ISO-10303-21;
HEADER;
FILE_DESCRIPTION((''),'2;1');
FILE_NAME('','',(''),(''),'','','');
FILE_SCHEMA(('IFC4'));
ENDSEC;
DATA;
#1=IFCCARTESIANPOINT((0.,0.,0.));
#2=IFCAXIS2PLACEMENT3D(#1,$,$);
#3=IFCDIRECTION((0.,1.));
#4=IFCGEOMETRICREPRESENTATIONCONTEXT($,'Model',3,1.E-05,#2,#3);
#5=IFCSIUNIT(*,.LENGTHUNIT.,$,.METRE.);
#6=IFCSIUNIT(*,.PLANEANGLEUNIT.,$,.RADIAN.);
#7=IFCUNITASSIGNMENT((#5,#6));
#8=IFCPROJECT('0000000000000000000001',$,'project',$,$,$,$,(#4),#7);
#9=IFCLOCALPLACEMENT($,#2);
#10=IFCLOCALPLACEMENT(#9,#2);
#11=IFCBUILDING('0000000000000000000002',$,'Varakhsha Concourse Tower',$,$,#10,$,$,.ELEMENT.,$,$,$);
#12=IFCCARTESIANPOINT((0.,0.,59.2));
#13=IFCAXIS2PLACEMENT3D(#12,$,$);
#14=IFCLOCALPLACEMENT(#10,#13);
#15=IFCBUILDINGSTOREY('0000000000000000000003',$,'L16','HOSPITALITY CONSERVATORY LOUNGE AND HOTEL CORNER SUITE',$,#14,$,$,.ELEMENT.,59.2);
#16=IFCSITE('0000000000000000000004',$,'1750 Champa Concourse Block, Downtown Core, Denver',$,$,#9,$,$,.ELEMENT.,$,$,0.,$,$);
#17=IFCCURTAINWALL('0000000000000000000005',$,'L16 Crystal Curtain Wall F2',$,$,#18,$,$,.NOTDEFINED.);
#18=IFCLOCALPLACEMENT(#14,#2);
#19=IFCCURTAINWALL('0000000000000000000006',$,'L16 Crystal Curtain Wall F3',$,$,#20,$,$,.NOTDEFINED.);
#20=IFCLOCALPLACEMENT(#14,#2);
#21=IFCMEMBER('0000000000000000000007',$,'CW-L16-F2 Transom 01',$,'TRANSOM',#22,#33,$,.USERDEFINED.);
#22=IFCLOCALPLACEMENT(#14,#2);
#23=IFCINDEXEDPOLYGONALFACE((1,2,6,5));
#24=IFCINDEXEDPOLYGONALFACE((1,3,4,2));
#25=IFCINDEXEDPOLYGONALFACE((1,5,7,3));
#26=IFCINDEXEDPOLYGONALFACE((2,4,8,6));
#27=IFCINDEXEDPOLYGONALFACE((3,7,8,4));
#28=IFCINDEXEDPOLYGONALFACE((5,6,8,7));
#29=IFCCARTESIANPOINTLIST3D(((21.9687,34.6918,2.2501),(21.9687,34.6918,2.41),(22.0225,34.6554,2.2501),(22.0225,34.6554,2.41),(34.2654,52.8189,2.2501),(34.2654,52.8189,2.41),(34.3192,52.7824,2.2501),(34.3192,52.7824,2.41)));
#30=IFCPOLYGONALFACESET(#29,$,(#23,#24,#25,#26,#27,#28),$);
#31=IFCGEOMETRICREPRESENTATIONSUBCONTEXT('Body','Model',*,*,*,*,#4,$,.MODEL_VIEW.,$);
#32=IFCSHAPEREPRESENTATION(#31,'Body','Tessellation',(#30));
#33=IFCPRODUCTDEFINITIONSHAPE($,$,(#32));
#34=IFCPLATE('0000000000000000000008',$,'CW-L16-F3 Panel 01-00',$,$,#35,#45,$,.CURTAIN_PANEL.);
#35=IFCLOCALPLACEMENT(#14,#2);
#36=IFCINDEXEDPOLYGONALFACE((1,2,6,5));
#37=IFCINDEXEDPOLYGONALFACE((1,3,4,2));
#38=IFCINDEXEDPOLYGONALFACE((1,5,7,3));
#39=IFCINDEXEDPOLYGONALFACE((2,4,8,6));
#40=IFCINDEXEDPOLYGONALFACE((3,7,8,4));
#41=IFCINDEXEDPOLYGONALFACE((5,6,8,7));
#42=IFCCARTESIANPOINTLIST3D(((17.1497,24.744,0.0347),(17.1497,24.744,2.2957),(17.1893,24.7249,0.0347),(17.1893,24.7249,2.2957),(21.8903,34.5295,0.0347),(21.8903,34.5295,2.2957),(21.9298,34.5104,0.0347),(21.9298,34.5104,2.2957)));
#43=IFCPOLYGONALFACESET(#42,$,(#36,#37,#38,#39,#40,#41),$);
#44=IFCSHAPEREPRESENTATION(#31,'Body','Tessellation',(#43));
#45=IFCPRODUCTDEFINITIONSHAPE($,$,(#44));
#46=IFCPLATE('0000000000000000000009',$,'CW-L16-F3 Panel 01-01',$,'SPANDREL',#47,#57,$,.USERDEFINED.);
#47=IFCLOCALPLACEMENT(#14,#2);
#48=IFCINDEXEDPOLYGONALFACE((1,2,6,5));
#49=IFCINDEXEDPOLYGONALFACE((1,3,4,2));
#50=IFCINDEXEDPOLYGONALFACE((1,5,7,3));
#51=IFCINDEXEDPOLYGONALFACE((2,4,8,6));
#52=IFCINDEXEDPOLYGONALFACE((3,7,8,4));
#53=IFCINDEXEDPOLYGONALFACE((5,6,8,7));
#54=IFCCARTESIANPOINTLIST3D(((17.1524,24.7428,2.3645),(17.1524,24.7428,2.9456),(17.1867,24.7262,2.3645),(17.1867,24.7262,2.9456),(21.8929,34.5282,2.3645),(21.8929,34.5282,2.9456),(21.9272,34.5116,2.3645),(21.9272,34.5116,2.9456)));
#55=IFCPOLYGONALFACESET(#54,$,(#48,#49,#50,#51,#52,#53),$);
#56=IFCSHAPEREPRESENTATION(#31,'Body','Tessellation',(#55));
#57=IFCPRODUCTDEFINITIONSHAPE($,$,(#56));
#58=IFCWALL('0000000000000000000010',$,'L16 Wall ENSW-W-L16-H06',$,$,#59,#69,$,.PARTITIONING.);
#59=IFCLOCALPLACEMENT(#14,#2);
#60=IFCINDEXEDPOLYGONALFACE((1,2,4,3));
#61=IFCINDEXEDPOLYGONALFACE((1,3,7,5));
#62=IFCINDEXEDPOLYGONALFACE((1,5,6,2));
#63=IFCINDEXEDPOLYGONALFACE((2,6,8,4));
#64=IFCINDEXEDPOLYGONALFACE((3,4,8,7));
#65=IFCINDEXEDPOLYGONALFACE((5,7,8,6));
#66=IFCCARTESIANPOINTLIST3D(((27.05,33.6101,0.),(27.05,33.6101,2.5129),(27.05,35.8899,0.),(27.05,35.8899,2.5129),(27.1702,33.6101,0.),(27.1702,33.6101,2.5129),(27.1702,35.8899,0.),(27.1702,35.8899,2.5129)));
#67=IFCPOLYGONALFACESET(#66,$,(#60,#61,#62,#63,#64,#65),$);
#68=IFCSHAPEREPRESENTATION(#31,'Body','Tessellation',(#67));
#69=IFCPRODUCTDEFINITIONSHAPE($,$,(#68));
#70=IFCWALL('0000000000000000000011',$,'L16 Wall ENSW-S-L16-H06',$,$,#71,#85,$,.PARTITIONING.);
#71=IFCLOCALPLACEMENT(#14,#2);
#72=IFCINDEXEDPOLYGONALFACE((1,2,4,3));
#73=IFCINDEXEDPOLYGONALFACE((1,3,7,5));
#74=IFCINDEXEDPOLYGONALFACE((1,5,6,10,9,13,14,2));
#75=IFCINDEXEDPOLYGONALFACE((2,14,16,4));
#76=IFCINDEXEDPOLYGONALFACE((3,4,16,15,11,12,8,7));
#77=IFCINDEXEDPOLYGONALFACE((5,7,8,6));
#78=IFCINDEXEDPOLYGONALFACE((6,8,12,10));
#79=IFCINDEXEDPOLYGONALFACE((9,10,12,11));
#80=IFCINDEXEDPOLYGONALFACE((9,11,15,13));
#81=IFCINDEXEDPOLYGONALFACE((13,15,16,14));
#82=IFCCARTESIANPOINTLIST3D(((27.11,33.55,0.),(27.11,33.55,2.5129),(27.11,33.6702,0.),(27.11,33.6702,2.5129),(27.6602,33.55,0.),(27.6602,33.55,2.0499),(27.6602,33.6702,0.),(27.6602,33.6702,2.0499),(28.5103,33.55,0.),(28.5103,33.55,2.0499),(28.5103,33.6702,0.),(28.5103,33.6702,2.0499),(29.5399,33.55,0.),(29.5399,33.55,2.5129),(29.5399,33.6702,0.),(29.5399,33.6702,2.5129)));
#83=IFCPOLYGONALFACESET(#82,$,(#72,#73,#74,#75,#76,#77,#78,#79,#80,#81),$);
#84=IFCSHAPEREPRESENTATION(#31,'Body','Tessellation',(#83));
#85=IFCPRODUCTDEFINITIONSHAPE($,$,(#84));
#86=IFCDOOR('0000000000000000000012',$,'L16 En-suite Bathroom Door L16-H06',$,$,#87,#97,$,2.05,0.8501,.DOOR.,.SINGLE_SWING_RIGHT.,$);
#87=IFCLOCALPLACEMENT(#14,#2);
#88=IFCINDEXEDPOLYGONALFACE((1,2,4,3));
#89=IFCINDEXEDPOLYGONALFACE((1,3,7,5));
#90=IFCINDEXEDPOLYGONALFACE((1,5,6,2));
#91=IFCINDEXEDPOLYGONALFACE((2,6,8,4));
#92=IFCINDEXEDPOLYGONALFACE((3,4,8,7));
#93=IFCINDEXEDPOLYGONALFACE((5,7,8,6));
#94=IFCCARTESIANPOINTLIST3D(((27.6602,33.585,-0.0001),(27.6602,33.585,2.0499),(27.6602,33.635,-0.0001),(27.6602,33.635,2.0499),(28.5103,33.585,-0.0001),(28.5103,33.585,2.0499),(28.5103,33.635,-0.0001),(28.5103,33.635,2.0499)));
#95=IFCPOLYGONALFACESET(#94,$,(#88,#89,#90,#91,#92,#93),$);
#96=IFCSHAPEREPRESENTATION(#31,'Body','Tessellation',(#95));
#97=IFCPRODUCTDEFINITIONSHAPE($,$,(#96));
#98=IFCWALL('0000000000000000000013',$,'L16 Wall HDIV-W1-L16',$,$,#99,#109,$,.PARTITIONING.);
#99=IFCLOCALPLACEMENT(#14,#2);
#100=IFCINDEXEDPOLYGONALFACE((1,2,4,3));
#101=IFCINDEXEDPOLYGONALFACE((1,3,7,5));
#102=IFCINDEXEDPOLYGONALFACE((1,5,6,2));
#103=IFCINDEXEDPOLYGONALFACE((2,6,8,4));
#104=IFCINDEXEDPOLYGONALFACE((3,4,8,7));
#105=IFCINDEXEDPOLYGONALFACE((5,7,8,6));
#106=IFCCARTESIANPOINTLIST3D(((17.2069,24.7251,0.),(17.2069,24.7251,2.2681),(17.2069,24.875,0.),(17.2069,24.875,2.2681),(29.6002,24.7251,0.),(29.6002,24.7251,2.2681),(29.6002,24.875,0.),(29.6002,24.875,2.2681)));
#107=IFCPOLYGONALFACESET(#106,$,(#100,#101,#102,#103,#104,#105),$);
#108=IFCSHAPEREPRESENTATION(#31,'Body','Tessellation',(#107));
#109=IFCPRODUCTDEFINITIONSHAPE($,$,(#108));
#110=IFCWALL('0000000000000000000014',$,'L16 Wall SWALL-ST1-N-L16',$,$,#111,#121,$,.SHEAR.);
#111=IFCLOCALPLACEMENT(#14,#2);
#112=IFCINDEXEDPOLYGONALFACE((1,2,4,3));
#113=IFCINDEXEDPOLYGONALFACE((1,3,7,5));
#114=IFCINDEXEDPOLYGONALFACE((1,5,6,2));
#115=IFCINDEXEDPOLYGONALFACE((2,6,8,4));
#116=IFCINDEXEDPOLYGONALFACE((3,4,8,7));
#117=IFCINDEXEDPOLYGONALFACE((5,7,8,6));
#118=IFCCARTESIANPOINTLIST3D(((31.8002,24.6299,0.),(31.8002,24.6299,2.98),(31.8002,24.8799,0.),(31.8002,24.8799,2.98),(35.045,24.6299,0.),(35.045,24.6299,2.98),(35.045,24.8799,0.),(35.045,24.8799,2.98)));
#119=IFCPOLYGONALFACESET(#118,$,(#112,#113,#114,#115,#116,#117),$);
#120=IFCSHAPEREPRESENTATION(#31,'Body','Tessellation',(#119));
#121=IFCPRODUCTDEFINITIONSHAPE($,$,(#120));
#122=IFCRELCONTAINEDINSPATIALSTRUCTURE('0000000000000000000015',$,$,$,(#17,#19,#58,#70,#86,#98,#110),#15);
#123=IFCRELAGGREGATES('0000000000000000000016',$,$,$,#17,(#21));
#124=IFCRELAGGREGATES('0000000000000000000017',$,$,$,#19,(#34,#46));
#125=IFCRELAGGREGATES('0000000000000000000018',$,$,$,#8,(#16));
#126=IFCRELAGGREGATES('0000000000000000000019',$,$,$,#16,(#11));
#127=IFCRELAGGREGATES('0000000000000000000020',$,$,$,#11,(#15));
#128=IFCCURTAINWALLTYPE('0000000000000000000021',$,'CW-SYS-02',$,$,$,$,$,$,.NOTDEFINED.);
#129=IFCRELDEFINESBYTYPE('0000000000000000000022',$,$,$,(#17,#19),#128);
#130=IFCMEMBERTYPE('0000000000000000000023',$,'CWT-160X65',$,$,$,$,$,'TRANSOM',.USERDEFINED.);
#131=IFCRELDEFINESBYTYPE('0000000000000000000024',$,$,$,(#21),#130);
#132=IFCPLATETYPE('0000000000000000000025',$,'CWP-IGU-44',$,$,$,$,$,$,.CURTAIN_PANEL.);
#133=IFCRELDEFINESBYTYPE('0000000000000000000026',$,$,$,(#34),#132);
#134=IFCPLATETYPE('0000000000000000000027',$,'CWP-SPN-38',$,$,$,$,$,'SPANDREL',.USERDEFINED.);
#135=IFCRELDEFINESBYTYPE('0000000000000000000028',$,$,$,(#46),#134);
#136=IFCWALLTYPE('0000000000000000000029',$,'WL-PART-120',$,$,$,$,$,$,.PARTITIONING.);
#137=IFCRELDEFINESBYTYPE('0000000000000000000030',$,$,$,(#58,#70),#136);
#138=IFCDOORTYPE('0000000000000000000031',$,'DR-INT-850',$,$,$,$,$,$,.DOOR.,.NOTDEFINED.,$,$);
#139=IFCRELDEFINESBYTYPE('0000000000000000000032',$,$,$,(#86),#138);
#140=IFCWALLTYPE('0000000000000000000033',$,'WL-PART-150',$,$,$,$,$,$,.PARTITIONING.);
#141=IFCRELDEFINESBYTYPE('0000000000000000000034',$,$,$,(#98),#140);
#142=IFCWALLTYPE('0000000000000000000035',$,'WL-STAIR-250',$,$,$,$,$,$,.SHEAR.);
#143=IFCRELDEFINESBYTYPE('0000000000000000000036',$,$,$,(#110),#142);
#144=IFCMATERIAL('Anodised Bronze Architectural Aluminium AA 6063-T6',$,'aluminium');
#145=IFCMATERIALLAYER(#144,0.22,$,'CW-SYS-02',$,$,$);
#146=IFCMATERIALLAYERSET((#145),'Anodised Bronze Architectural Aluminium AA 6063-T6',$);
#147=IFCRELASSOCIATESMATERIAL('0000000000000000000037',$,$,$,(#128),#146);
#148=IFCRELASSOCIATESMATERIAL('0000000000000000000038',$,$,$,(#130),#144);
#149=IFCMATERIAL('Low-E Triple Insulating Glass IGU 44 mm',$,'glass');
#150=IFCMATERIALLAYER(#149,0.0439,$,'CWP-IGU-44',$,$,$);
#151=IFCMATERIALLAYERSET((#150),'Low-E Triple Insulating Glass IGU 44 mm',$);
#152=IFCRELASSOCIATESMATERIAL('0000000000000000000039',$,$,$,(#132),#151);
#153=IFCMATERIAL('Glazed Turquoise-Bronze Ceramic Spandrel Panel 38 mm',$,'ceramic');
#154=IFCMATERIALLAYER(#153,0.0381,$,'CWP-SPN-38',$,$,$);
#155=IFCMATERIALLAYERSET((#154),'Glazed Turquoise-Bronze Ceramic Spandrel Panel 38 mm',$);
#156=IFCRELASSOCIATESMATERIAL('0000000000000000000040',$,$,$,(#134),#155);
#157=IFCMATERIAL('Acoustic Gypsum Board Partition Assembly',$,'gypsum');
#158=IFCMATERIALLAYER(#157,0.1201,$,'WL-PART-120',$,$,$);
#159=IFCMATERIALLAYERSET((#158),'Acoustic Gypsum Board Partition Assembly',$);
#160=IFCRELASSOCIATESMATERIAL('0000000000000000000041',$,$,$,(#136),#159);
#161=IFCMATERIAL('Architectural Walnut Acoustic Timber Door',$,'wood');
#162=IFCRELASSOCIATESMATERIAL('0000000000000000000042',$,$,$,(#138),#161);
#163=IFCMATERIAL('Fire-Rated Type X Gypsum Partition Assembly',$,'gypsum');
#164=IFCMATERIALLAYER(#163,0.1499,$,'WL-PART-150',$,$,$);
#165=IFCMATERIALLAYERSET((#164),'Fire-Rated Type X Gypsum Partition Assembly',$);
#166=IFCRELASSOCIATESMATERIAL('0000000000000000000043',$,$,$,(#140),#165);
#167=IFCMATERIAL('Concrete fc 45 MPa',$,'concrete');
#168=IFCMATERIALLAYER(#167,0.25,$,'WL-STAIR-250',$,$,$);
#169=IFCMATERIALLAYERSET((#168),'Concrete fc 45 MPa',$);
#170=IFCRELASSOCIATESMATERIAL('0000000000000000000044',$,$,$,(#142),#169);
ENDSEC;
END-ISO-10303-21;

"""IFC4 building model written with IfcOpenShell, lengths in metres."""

from ifc_helpers import new_model, si_unit, direction, frame, frame_2d, origin, origin_2d, place, context, subcontext, project, spatial, rectangle, extrude, source, transform, mapped, material, layer, layer_set, material_profile, profile_set, type_object, type_shapes, element, fill, aggregate, save


model = new_model("IFC4")

# Units and contexts
model_context = context("Model", 3, precision=1e-05, world=origin(), true_north=direction((0.0, 1.0)))
body_context = subcontext(model_context, "Body", "Model", "MODEL_VIEW")
ifc_project = project(units=[si_unit("LENGTHUNIT", "METRE"), si_unit("PLANEANGLEUNIT", "RADIAN")], contexts=[model_context])

# Site, building, storey
site_placement = place(None, origin())
site = spatial("IfcSite", under=ifc_project, at=site_placement, Name="1750 Champa Concourse Block, Downtown Core, Denver", CompositionType="ELEMENT", RefElevation=0.0)
building_placement = place(site_placement, origin())
building = spatial("IfcBuilding", under=site, at=building_placement, Name="Varakhsha Concourse Tower", CompositionType="ELEMENT")
storey_placement = place(building_placement, frame((0.0, 0.0, 59.2)))
storey = spatial("IfcBuildingStorey", under=building, at=storey_placement, Name="L16", Description="HOSPITALITY CONSERVATORY LOUNGE AND HOTEL CORNER SUITE", CompositionType="ELEMENT", Elevation=59.2)

# Curtain wall
ifc_material_1 = material(Name="Anodised Bronze Architectural Aluminium AA 6063-T6", Category="aluminium")
ifc_layer_1 = layer(ifc_material_1, 0.22, Name="CW-SYS-02")
ifc_layer_set_1 = layer_set([ifc_layer_1], Name="Anodised Bronze Architectural Aluminium AA 6063-T6")
curtain_wall_type = type_object("IfcCurtainWallType", Name="CW-SYS-02", PredefinedType="NOTDEFINED", material=ifc_layer_set_1)
curtain_wall_1_placement = place(storey_placement, origin())
curtain_wall_1 = element("IfcCurtainWall", 1, at=curtain_wall_1_placement, inside=storey, type_object=curtain_wall_type, Name="L16 Crystal Curtain Wall F2", PredefinedType="NOTDEFINED")

# Curtain wall
curtain_wall_2_placement = place(storey_placement, origin())
curtain_wall_2 = element("IfcCurtainWall", 2, at=curtain_wall_2_placement, inside=storey, type_object=curtain_wall_type, Name="L16 Crystal Curtain Wall F3", PredefinedType="NOTDEFINED")

# Member
ifc_material_profile_1 = material_profile(ifc_material_1, rectangle(XDim=0.0649, YDim=0.1599, at=origin_2d()), Name="CWT-160X65")
ifc_profile_set_1 = profile_set([ifc_material_profile_1], Name="Anodised Bronze Architectural Aluminium AA 6063-T6")
member_type_1 = type_object("IfcMemberType", Name="CWT-160X65", ElementType="TRANSOM", PredefinedType="USERDEFINED", material=ifc_profile_set_1)
shared_shape_1 = source(origin(), body_context, "Body", "SweptSolid", [
    extrude(rectangle(XDim=0.0649, YDim=0.1599, at=origin_2d()), origin(), (0.0, 0.0, 1.0), 21.9043),
])
type_shapes(member_type_1, [shared_shape_1])
member_1_placement = place(storey_placement, frame((21.9956, 34.6736, 2.3301), z_axis=(0.561383, 0.827556, 0.0), x_axis=(-0.827556, 0.561383, 0.0)))
member_1 = element("IfcMember", 3, at=member_1_placement, type_object=member_type_1, Name="CW-L16-F2 Transom 01", ObjectType="TRANSOM", PredefinedType="USERDEFINED", context=body_context, shape_type="MappedRepresentation", body=[
    mapped(shared_shape_1, transform((0.0, 0.0, 0.0), scale=1.0)),
])
aggregate(curtain_wall_1, [member_1])

# Plates
ifc_material_2 = material(Name="Low-E Triple Insulating Glass IGU 44 mm", Category="glass")
ifc_layer_2 = layer(ifc_material_2, 0.0439, Name="CWP-IGU-44")
ifc_layer_set_2 = layer_set([ifc_layer_2], Name="Low-E Triple Insulating Glass IGU 44 mm")
plate_type_1 = type_object("IfcPlateType", Name="CWP-IGU-44", PredefinedType="CURTAIN_PANEL", material=ifc_layer_set_2)
shared_shape_2 = source(origin(), body_context, "Body", "SweptSolid", [
    extrude(rectangle(XDim=10.8733, YDim=0.0439, at=origin_2d()), origin(), (0.0, 0.0, 1.0), 2.261),
])
type_shapes(plate_type_1, [shared_shape_2])
plate_1_placement = place(storey_placement, frame((19.5398, 29.6272, 0.0347), z_axis=(0.0, 0.0, 1.0), x_axis=(0.435982, 0.899955, 0.0)))
plate_1 = element("IfcPlate", 4, at=plate_1_placement, type_object=plate_type_1, Name="CW-L16-F3 Panel 01-00", PredefinedType="CURTAIN_PANEL", context=body_context, shape_type="MappedRepresentation", body=[
    mapped(shared_shape_2, transform((0.0, 0.0, 0.0), scale=1.0)),
])
ifc_material_3 = material(Name="Glazed Turquoise-Bronze Ceramic Spandrel Panel 38 mm", Category="ceramic")
ifc_layer_3 = layer(ifc_material_3, 0.0381, Name="CWP-SPN-38")
ifc_layer_set_3 = layer_set([ifc_layer_3], Name="Glazed Turquoise-Bronze Ceramic Spandrel Panel 38 mm")
plate_type_2 = type_object("IfcPlateType", Name="CWP-SPN-38", ElementType="SPANDREL", PredefinedType="USERDEFINED", material=ifc_layer_set_3)
shared_shape_3 = source(origin(), body_context, "Body", "SweptSolid", [
    extrude(rectangle(XDim=10.8733, YDim=0.0381, at=origin_2d()), origin(), (0.0, 0.0, 1.0), 0.5811),
])
type_shapes(plate_type_2, [shared_shape_3])
plate_2_placement = place(storey_placement, frame((19.5398, 29.6272, 2.3645), z_axis=(0.0, 0.0, 1.0), x_axis=(0.435982, 0.899955, 0.0)))
plate_2 = element("IfcPlate", 5, at=plate_2_placement, type_object=plate_type_2, Name="CW-L16-F3 Panel 01-01", ObjectType="SPANDREL", PredefinedType="USERDEFINED", context=body_context, shape_type="MappedRepresentation", body=[
    mapped(shared_shape_3, transform((0.0, 0.0, 0.0), scale=1.0)),
])
aggregate(curtain_wall_2, [plate_1, plate_2])

# Wall
ifc_material_4 = material(Name="Acoustic Gypsum Board Partition Assembly", Category="gypsum")
ifc_layer_4 = layer(ifc_material_4, 0.1201, Name="WL-PART-120")
ifc_layer_set_4 = layer_set([ifc_layer_4], Name="Acoustic Gypsum Board Partition Assembly")
wall_type_1 = type_object("IfcWallType", Name="WL-PART-120", PredefinedType="PARTITIONING", material=ifc_layer_set_4)
wall_1_placement = place(storey_placement, frame((27.1101, 33.6101, 0.0), z_axis=(0.0, 0.0, 1.0), x_axis=(0.0, 1.0, 0.0)))
element("IfcWall", 6, at=wall_1_placement, inside=storey, type_object=wall_type_1, Name="L16 Wall ENSW-W-L16-H06", PredefinedType="PARTITIONING", context=body_context, shape_type="SweptSolid", body=[
    extrude(rectangle(XDim=2.2798, YDim=0.1201, at=frame_2d((1.1399, 0.0))), origin(), (0.0, 0.0, 1.0), 2.5129),
])

# Wall, opening, door
wall_2_placement = place(storey_placement, frame((27.1101, 33.6101, 0.0), z_axis=(0.0, 0.0, 1.0), x_axis=(1.0, 0.0, 0.0)))
wall_2 = element("IfcWall", 7, at=wall_2_placement, inside=storey, type_object=wall_type_1, Name="L16 Wall ENSW-S-L16-H06", PredefinedType="PARTITIONING", context=body_context, shape_type="SweptSolid", body=[
    extrude(rectangle(XDim=2.4299, YDim=0.1201, at=frame_2d((1.2148, 0.0))), origin(), (0.0, 0.0, 1.0), 2.5129),
])
opening_placement = place(wall_2_placement, frame((0.55, 0.0, 0.0)))
opening = element("IfcOpeningElement", 8, at=opening_placement, cuts=wall_2, PredefinedType="OPENING", context=body_context, shape_type="SweptSolid", body=[
    extrude(rectangle(XDim=0.8501, YDim=2.05, at=frame_2d((0.425, 1.0249))), frame((0.0, 0.0701, 0.0), z_axis=(0.0, -1.0, 0.0), x_axis=(1.0, 0.0, 0.0)), (0.0, 0.0, 1.0), 0.1401),
])
ifc_material_5 = material(Name="Architectural Walnut Acoustic Timber Door", Category="wood")
door_type = type_object("IfcDoorType", Name="DR-INT-850", OperationType="NOTDEFINED", PredefinedType="DOOR", material=ifc_material_5)
door_placement = place(opening_placement, origin())
door = element("IfcDoor", 9, at=door_placement, inside=storey, type_object=door_type, Name="L16 En-suite Bathroom Door L16-H06", OperationType="SINGLE_SWING_RIGHT", OverallHeight=2.05, OverallWidth=0.8501, PredefinedType="DOOR", context=body_context, shape_type="SweptSolid", body=[
    extrude(rectangle(XDim=0.8501, YDim=2.05, at=frame_2d((0.425, 1.0249))), frame((0.0, 0.0249, 0.0), z_axis=(0.0, -1.0, 0.0), x_axis=(1.0, 0.0, 0.0)), (0.0, 0.0, 1.0), 0.05),
])
fill(opening, door)

# Walls
ifc_material_6 = material(Name="Fire-Rated Type X Gypsum Partition Assembly", Category="gypsum")
ifc_layer_5 = layer(ifc_material_6, 0.1499, Name="WL-PART-150")
ifc_layer_set_5 = layer_set([ifc_layer_5], Name="Fire-Rated Type X Gypsum Partition Assembly")
wall_type_2 = type_object("IfcWallType", Name="WL-PART-150", PredefinedType="PARTITIONING", material=ifc_layer_set_5)
wall_3_placement = place(storey_placement, frame((17.2068, 24.8, 0.0), z_axis=(0.0, 0.0, 1.0), x_axis=(1.0, 0.0, 0.0)))
element("IfcWall", 10, at=wall_3_placement, inside=storey, type_object=wall_type_2, Name="L16 Wall HDIV-W1-L16", PredefinedType="PARTITIONING", context=body_context, shape_type="SweptSolid", body=[
    extrude(rectangle(XDim=12.3933, YDim=0.1499, at=frame_2d((6.1968, 0.0))), origin(), (0.0, 0.0, 1.0), 2.2681),
])
ifc_material_7 = material(Name="Concrete fc 45 MPa", Category="concrete")
ifc_layer_6 = layer(ifc_material_7, 0.25, Name="WL-STAIR-250")
ifc_layer_set_6 = layer_set([ifc_layer_6], Name="Concrete fc 45 MPa")
wall_type_3 = type_object("IfcWallType", Name="WL-STAIR-250", PredefinedType="SHEAR", material=ifc_layer_set_6)
wall_4_placement = place(storey_placement, frame((31.8, 24.7549, 0.0), z_axis=(0.0, 0.0, 1.0), x_axis=(1.0, 0.0, 0.0)))
element("IfcWall", 11, at=wall_4_placement, inside=storey, type_object=wall_type_3, Name="L16 Wall SWALL-ST1-N-L16", PredefinedType="SHEAR", context=body_context, shape_type="SweptSolid", body=[
    extrude(rectangle(XDim=3.2449, YDim=0.25, at=frame_2d((1.6226, 0.0))), origin(), (0.0, 0.0, 1.0), 2.98),
])

save(model, "model.ifc")
